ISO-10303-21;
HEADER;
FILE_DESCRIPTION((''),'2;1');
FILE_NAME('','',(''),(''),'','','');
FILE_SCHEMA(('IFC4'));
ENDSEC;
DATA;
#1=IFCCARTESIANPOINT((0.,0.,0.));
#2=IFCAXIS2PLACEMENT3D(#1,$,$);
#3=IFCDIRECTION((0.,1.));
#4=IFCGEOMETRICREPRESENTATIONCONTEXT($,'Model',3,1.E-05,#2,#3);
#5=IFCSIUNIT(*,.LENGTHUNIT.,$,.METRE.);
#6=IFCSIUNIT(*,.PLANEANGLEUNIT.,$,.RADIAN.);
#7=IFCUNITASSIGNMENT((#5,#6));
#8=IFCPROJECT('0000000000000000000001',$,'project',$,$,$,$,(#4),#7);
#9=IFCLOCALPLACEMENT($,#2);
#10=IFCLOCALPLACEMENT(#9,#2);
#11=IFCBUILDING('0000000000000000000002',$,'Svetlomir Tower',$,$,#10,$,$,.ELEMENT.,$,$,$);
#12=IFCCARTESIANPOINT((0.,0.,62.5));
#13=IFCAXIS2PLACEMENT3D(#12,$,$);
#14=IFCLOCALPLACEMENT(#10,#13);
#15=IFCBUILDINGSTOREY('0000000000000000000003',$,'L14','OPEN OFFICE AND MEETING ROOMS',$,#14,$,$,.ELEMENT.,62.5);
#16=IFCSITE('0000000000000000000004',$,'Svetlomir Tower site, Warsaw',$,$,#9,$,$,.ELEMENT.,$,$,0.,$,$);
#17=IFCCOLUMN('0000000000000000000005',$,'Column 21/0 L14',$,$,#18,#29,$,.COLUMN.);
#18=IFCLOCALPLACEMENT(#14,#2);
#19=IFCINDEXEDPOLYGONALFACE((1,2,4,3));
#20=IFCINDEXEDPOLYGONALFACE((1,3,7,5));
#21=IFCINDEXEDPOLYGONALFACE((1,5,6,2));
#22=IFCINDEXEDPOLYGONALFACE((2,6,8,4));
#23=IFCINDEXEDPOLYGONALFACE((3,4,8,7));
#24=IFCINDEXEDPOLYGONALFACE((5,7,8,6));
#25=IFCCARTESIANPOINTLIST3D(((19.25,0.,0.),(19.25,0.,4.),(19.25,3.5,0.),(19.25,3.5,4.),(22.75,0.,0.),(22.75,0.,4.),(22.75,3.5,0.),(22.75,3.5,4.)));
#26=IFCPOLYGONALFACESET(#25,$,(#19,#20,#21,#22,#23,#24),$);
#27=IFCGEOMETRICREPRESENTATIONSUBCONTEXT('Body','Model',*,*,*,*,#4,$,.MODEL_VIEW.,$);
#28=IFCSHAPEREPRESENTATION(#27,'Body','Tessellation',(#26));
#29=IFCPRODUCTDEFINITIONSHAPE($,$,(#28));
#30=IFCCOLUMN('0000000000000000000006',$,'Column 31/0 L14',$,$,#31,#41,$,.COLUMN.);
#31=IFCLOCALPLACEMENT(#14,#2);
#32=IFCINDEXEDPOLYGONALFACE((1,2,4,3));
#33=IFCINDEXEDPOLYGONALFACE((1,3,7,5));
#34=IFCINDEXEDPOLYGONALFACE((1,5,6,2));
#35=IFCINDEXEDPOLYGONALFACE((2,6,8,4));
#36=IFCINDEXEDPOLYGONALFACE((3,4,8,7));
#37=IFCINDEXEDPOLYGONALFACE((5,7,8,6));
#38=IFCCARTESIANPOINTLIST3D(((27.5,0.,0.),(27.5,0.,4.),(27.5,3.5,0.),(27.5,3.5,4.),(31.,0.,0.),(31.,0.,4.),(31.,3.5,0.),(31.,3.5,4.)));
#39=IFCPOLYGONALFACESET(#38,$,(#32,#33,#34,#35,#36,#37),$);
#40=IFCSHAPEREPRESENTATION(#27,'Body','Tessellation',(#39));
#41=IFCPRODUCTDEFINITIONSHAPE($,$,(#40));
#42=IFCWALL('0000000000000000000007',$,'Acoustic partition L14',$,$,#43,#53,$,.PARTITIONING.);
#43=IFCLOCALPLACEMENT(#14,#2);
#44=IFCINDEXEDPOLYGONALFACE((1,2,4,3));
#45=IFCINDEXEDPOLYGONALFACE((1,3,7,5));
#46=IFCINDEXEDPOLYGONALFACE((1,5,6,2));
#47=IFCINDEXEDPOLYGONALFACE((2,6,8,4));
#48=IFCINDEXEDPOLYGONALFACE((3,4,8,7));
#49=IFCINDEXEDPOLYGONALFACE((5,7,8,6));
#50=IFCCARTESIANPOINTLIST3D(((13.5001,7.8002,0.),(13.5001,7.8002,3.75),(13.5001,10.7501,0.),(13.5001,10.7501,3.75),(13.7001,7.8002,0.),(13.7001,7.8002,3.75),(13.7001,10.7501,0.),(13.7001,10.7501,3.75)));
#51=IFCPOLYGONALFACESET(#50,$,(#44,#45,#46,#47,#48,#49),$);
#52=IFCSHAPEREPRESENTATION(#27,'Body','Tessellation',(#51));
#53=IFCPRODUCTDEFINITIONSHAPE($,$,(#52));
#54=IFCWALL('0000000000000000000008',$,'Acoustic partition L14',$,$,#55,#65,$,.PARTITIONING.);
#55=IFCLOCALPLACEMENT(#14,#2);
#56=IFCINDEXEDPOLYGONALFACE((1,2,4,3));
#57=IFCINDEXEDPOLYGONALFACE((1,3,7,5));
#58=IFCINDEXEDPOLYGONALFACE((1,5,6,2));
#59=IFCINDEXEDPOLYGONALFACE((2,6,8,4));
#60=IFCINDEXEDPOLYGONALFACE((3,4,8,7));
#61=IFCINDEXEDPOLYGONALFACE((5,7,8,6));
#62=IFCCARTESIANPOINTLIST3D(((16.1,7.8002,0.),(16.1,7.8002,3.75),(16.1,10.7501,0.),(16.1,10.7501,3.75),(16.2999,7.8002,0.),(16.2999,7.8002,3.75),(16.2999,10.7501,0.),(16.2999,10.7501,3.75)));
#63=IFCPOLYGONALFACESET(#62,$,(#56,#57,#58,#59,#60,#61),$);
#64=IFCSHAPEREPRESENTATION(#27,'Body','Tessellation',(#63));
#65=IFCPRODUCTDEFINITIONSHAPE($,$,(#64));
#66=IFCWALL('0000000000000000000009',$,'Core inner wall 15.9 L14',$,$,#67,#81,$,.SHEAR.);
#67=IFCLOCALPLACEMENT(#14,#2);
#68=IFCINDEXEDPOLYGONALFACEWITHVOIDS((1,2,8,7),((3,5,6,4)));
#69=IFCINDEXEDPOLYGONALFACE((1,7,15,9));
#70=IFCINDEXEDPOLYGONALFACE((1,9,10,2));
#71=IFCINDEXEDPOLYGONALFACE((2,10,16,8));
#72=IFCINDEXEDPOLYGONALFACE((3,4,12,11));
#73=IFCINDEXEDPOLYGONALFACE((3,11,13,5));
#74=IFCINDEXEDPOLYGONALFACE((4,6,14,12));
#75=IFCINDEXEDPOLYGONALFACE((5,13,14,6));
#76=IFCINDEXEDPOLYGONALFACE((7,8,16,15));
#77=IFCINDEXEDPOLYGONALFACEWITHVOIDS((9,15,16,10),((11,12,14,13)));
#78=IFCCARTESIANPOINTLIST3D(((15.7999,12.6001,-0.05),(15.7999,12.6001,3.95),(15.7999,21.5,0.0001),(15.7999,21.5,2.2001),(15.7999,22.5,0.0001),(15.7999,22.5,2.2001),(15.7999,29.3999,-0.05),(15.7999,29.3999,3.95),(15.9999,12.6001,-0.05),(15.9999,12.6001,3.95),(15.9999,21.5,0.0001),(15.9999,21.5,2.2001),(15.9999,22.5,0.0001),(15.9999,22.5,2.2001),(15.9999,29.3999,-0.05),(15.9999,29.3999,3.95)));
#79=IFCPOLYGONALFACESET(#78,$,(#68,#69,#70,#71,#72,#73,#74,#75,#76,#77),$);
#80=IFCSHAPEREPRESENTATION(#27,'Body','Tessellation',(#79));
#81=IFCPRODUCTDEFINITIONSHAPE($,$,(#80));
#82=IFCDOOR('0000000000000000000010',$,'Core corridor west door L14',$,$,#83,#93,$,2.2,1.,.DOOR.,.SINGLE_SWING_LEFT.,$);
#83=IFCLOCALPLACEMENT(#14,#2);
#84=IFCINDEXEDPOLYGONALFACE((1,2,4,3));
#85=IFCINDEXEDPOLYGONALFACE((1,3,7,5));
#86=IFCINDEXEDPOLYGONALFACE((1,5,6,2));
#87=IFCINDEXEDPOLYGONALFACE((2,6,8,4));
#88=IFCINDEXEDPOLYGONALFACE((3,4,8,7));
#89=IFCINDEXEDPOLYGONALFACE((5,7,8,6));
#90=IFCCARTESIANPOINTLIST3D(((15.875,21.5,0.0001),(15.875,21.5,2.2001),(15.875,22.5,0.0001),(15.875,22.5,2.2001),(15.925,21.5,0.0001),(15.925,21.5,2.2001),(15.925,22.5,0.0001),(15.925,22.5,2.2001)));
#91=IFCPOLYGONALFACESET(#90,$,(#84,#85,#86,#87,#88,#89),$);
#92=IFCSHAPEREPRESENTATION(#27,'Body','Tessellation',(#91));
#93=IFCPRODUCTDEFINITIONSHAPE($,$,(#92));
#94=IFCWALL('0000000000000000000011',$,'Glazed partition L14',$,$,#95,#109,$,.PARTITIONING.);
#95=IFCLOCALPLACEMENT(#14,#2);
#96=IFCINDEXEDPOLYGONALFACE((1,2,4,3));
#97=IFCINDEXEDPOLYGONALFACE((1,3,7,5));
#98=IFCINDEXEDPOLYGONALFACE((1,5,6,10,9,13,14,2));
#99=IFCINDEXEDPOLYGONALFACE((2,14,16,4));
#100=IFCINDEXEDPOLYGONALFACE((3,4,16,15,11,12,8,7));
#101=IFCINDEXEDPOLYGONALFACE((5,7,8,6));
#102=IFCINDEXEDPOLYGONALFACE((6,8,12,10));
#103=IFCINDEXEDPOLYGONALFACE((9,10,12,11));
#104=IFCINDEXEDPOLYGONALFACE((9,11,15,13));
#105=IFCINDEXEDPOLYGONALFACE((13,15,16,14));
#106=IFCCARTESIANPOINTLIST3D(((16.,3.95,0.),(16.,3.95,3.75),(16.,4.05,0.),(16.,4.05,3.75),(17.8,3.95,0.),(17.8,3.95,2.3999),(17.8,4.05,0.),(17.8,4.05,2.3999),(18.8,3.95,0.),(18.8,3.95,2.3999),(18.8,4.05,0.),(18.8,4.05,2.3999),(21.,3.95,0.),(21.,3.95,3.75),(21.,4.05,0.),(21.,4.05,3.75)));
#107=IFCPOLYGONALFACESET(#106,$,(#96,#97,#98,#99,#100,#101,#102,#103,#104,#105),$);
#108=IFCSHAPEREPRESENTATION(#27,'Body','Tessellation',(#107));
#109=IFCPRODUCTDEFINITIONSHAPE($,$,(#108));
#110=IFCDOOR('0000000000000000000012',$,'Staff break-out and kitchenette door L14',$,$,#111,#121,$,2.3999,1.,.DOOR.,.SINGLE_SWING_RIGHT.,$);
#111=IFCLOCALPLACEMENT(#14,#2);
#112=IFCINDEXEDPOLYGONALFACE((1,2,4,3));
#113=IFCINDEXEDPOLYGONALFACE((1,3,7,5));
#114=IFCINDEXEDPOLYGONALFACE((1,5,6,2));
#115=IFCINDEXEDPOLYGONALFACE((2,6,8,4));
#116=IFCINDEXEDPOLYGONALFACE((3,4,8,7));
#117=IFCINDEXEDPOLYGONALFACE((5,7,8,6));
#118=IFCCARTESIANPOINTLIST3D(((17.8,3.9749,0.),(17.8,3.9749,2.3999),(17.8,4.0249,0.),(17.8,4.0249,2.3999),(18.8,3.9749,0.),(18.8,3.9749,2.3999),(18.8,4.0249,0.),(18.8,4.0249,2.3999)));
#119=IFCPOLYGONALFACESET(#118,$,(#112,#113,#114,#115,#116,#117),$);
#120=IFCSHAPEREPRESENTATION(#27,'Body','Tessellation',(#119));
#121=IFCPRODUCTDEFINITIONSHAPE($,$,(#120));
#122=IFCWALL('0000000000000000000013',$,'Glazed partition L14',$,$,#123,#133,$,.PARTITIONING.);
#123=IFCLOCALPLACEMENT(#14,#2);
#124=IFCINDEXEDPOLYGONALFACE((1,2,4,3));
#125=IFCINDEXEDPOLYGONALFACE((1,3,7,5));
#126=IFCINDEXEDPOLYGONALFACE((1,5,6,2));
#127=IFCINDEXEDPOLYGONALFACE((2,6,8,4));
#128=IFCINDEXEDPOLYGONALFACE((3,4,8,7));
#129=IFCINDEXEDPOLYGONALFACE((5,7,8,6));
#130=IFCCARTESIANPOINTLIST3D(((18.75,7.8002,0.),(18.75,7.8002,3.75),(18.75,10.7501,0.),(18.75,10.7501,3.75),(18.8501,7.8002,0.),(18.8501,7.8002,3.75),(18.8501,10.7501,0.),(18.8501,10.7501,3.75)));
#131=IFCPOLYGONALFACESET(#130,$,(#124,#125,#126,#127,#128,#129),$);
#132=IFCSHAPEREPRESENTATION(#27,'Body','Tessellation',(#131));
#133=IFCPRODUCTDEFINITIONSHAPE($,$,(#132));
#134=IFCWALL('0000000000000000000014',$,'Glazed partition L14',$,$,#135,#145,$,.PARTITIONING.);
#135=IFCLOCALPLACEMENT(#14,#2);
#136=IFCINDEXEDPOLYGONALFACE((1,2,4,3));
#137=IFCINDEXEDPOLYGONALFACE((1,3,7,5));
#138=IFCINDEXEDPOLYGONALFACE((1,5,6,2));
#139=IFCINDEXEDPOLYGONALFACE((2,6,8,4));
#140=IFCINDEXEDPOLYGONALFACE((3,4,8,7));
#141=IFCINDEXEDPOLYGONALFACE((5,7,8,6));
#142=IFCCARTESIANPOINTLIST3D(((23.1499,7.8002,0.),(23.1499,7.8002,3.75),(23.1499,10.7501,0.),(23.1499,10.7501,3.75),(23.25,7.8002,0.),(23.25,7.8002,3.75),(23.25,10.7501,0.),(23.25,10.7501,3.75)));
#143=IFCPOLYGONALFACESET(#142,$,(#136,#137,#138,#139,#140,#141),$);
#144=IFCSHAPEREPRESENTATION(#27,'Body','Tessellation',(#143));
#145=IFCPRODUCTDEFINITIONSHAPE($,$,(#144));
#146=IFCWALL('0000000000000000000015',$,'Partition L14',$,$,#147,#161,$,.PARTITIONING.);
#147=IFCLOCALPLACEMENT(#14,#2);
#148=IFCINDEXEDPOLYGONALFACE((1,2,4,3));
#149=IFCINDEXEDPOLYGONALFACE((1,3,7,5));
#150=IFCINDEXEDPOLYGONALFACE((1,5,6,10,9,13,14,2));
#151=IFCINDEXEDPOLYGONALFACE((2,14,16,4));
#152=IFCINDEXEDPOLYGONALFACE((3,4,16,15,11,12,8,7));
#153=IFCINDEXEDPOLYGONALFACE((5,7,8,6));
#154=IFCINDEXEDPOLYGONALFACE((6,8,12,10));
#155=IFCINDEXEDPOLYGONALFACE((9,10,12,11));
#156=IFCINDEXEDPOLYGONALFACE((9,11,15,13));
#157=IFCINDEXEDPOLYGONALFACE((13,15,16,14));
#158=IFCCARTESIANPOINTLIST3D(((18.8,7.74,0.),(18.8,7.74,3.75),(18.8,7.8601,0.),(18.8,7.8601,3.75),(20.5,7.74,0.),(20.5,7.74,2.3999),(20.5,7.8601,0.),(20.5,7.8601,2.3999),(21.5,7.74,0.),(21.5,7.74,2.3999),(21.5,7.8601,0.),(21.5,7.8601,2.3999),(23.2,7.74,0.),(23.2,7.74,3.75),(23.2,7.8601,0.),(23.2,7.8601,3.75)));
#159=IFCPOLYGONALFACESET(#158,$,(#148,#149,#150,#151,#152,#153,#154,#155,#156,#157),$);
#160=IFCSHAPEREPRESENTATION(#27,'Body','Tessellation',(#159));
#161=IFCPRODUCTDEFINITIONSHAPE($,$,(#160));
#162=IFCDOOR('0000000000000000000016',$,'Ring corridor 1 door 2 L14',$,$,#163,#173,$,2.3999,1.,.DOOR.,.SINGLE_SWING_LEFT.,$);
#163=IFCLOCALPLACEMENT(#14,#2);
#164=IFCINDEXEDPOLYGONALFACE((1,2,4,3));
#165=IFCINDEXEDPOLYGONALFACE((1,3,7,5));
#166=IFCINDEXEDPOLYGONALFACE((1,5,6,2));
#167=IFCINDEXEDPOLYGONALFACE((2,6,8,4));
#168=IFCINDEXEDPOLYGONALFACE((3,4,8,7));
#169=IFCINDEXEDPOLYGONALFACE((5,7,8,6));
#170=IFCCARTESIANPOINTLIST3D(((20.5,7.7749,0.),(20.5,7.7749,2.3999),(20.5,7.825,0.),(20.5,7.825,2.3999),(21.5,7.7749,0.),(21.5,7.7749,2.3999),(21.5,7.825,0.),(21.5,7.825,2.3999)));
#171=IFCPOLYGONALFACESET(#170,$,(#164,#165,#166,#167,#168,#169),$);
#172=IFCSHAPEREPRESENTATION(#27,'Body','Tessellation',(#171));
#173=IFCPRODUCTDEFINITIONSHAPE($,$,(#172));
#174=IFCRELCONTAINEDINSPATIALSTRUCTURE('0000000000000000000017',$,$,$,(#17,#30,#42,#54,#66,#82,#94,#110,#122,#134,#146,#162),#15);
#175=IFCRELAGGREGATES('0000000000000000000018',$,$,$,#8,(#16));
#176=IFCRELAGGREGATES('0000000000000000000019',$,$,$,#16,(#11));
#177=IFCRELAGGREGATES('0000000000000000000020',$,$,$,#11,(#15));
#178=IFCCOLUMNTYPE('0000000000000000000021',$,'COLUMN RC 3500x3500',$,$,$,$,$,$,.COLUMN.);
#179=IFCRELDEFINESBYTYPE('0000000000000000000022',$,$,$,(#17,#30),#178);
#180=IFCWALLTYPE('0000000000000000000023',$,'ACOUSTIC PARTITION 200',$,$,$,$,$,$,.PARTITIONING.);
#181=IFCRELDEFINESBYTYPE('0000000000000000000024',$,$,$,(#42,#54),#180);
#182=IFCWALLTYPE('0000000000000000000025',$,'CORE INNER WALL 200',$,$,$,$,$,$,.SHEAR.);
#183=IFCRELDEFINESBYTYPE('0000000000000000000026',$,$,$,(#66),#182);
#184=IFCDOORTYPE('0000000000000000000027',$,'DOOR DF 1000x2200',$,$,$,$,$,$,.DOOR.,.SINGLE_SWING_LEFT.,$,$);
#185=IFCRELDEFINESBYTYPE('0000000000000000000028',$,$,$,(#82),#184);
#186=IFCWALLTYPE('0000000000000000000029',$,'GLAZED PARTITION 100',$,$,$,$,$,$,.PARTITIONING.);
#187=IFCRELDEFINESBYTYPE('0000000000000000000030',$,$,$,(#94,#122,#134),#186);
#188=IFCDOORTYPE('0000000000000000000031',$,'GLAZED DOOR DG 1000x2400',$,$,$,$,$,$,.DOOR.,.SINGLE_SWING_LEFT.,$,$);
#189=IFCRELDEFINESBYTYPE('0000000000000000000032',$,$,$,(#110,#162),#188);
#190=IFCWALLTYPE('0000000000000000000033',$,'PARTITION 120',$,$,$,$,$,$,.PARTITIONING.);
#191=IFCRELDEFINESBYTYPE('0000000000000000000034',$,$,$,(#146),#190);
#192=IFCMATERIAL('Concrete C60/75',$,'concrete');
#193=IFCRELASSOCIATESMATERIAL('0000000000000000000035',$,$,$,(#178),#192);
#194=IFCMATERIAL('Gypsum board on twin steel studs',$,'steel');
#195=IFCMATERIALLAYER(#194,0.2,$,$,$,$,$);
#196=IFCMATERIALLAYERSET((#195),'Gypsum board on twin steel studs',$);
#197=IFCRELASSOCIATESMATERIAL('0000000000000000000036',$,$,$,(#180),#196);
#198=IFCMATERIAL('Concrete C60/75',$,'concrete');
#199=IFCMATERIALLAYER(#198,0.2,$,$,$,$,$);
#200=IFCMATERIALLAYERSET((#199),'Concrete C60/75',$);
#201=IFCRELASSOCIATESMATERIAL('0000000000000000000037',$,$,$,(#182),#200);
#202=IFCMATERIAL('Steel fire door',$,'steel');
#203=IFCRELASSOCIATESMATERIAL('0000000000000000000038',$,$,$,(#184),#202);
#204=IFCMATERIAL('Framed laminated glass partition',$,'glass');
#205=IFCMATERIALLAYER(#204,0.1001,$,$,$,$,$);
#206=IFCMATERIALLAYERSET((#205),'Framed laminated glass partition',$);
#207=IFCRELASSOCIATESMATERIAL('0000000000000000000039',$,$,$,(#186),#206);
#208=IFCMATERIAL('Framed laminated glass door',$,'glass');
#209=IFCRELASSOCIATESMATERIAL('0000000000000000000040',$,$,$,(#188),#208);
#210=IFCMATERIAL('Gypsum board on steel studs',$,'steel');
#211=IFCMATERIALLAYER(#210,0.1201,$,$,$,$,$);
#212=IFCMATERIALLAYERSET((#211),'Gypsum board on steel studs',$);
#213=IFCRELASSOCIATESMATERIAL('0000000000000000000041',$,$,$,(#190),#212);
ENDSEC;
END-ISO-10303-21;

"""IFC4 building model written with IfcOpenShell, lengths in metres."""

from ifc_helpers import new_model, si_unit, direction, frame, frame_2d, origin, origin_2d, place, context, subcontext, project, spatial, rectangle, extrude, material, layer, layer_set, material_profile, profile_set, type_object, element, fill, save


model = new_model("IFC4")

# Units and contexts
model_context = context("Model", 3, precision=1e-05, world=origin(), true_north=direction((0.0, 1.0)))
body_context = subcontext(model_context, "Body", "Model", "MODEL_VIEW")
ifc_project = project(units=[si_unit("LENGTHUNIT", "METRE"), si_unit("PLANEANGLEUNIT", "RADIAN")], contexts=[model_context])

# Site, building, storey
site_placement = place(None, origin())
site = spatial("IfcSite", under=ifc_project, at=site_placement, Name="Svetlomir Tower site, Warsaw", CompositionType="ELEMENT", RefElevation=0.0)
building_placement = place(site_placement, origin())
building = spatial("IfcBuilding", under=site, at=building_placement, Name="Svetlomir Tower", CompositionType="ELEMENT")
storey_placement = place(building_placement, frame((0.0, 0.0, 62.5)))
storey = spatial("IfcBuildingStorey", under=building, at=storey_placement, Name="L14", Description="OPEN OFFICE AND MEETING ROOMS", CompositionType="ELEMENT", Elevation=62.5)

# Columns
ifc_material_1 = material(Name="Concrete C60/75", Category="concrete")
ifc_material_profile = material_profile(ifc_material_1, rectangle(XDim=3.5, YDim=3.5, at=origin_2d()), Name="RC 3500x3500")
ifc_profile_set = profile_set([ifc_material_profile], Name="Concrete C60/75")
column_type = type_object("IfcColumnType", Name="COLUMN RC 3500x3500", PredefinedType="COLUMN", material=ifc_profile_set)
for number, where, z_axis, x_axis, name in (
    (1, (21.0, 1.75, 0.0), (0.0, 0.0, 1.0), (1.0, 0.0, 0.0), "Column 21/0 L14"),
    (2, (29.25, 1.75, 0.0), (0.0, 0.0, 1.0), (1.0, 0.0, 0.0), "Column 31/0 L14"),
):
    element("IfcColumn", number, at=place(storey_placement, frame(where, z_axis=z_axis, x_axis=x_axis)), inside=storey, type_object=column_type, Name=name, PredefinedType="COLUMN", context=body_context, shape_type="SweptSolid", body=[
        extrude(rectangle(XDim=3.5, YDim=3.5, at=origin_2d()), origin(), (0.0, 0.0, 1.0), 4.0),
    ])

# Walls
ifc_material_2 = material(Name="Gypsum board on twin steel studs", Category="steel")
ifc_layer_1 = layer(ifc_material_2, 0.2)
ifc_layer_set_1 = layer_set([ifc_layer_1], Name="Gypsum board on twin steel studs")
wall_type_1 = type_object("IfcWallType", Name="ACOUSTIC PARTITION 200", PredefinedType="PARTITIONING", material=ifc_layer_set_1)
for number, where, z_axis, x_axis, name in (
    (3, (13.6001, 7.8, 0.0), (0.0, 0.0, 1.0), (0.0, 1.0, 0.0), "Acoustic partition L14"),
    (4, (16.2, 7.8, 0.0), (0.0, 0.0, 1.0), (0.0, 1.0, 0.0), "Acoustic partition L14"),
):
    element("IfcWall", number, at=place(storey_placement, frame(where, z_axis=z_axis, x_axis=x_axis)), inside=storey, type_object=wall_type_1, Name=name, PredefinedType="PARTITIONING", context=body_context, shape_type="SweptSolid", body=[
        extrude(rectangle(XDim=2.95, YDim=0.2, at=frame_2d((1.4751, 0.0))), origin(), (0.0, 0.0, 1.0), 3.75),
    ])

# Walls, openings, doors
ifc_material_3 = material(Name="Concrete C60/75", Category="concrete")
ifc_layer_2 = layer(ifc_material_3, 0.2)
ifc_layer_set_2 = layer_set([ifc_layer_2], Name="Concrete C60/75")
wall_type_2 = type_object("IfcWallType", Name="CORE INNER WALL 200", PredefinedType="SHEAR", material=ifc_layer_set_2)
wall_1_placement = place(storey_placement, frame((15.8999, 12.6001, -0.05), z_axis=(0.0, 0.0, 1.0), x_axis=(0.0, 1.0, 0.0)))
wall_1 = element("IfcWall", 5, at=wall_1_placement, inside=storey, type_object=wall_type_2, Name="Core inner wall 15.9 L14", PredefinedType="SHEAR", context=body_context, shape_type="SweptSolid", body=[
    extrude(rectangle(XDim=16.7998, YDim=0.2, at=frame_2d((8.3999, 0.0))), origin(), (0.0, 0.0, 1.0), 4.0),
])
opening_1_placement = place(wall_1_placement, frame((8.8999, 0.0, 0.05)))
opening_1 = element("IfcOpeningElement", 6, at=opening_1_placement, cuts=wall_1, PredefinedType="OPENING", context=body_context, shape_type="SweptSolid", body=[
    extrude(rectangle(XDim=1.0, YDim=2.2, at=frame_2d((0.5, 1.1001))), frame((0.0, 0.1099, 0.0), z_axis=(0.0, -1.0, 0.0), x_axis=(1.0, 0.0, 0.0)), (0.0, 0.0, 1.0), 0.22),
])
ifc_material_4 = material(Name="Steel fire door", Category="steel")
door_type_1 = type_object("IfcDoorType", Name="DOOR DF 1000x2200", OperationType="SINGLE_SWING_LEFT", PredefinedType="DOOR", material=ifc_material_4)
door_1_placement = place(opening_1_placement, origin())
door_1 = element("IfcDoor", 7, at=door_1_placement, inside=storey, type_object=door_type_1, Name="Core corridor west door L14", OperationType="SINGLE_SWING_LEFT", OverallHeight=2.2, OverallWidth=1.0, PredefinedType="DOOR", context=body_context, shape_type="SweptSolid", body=[
    extrude(rectangle(XDim=1.0, YDim=2.2, at=frame_2d((0.5, 1.1001))), frame((0.0, 0.0249, 0.0), z_axis=(0.0, -1.0, 0.0), x_axis=(1.0, 0.0, 0.0)), (0.0, 0.0, 1.0), 0.05),
])
fill(opening_1, door_1)
ifc_material_5 = material(Name="Framed laminated glass partition", Category="glass")
ifc_layer_3 = layer(ifc_material_5, 0.1001)
ifc_layer_set_3 = layer_set([ifc_layer_3], Name="Framed laminated glass partition")
wall_type_3 = type_object("IfcWallType", Name="GLAZED PARTITION 100", PredefinedType="PARTITIONING", material=ifc_layer_set_3)
wall_2_placement = place(storey_placement, frame((16.0, 4.0, 0.0), z_axis=(0.0, 0.0, 1.0), x_axis=(1.0, 0.0, 0.0)))
wall_2 = element("IfcWall", 8, at=wall_2_placement, inside=storey, type_object=wall_type_3, Name="Glazed partition L14", PredefinedType="PARTITIONING", context=body_context, shape_type="SweptSolid", body=[
    extrude(rectangle(XDim=5.0, YDim=0.1001, at=frame_2d((2.5, 0.0))), origin(), (0.0, 0.0, 1.0), 3.75),
])
opening_2_placement = place(wall_2_placement, frame((1.8, 0.0, 0.0)))
opening_2 = element("IfcOpeningElement", 9, at=opening_2_placement, cuts=wall_2, PredefinedType="OPENING", context=body_context, shape_type="SweptSolid", body=[
    extrude(rectangle(XDim=1.0, YDim=2.3999, at=frame_2d((0.5, 1.2))), frame((0.0, 0.0601, 0.0), z_axis=(0.0, -1.0, 0.0), x_axis=(1.0, 0.0, 0.0)), (0.0, 0.0, 1.0), 0.1201),
])
ifc_material_6 = material(Name="Framed laminated glass door", Category="glass")
door_type_2 = type_object("IfcDoorType", Name="GLAZED DOOR DG 1000x2400", OperationType="SINGLE_SWING_LEFT", PredefinedType="DOOR", material=ifc_material_6)
door_2_placement = place(opening_2_placement, origin())
door_2 = element("IfcDoor", 10, at=door_2_placement, inside=storey, type_object=door_type_2, Name="Staff break-out and kitchenette door L14", OperationType="SINGLE_SWING_RIGHT", OverallHeight=2.3999, OverallWidth=1.0, PredefinedType="DOOR", context=body_context, shape_type="SweptSolid", body=[
    extrude(rectangle(XDim=1.0, YDim=2.3999, at=frame_2d((0.5, 1.2))), frame((0.0, 0.0249, 0.0), z_axis=(0.0, -1.0, 0.0), x_axis=(1.0, 0.0, 0.0)), (0.0, 0.0, 1.0), 0.05),
])
fill(opening_2, door_2)

# Walls
for number, where, z_axis, x_axis, name in (
    (11, (18.8, 7.8, 0.0), (0.0, 0.0, 1.0), (0.0, 1.0, 0.0), "Glazed partition L14"),
    (12, (23.2, 7.8, 0.0), (0.0, 0.0, 1.0), (0.0, 1.0, 0.0), "Glazed partition L14"),
):
    element("IfcWall", number, at=place(storey_placement, frame(where, z_axis=z_axis, x_axis=x_axis)), inside=storey, type_object=wall_type_3, Name=name, PredefinedType="PARTITIONING", context=body_context, shape_type="SweptSolid", body=[
        extrude(rectangle(XDim=2.95, YDim=0.1001, at=frame_2d((1.4751, 0.0))), origin(), (0.0, 0.0, 1.0), 3.75),
    ])

# Wall, opening, door
ifc_material_7 = material(Name="Gypsum board on steel studs", Category="steel")
ifc_layer_4 = layer(ifc_material_7, 0.1201)
ifc_layer_set_4 = layer_set([ifc_layer_4], Name="Gypsum board on steel studs")
wall_type_4 = type_object("IfcWallType", Name="PARTITION 120", PredefinedType="PARTITIONING", material=ifc_layer_set_4)
wall_3_placement = place(storey_placement, frame((18.8, 7.8, 0.0), z_axis=(0.0, 0.0, 1.0), x_axis=(1.0, 0.0, 0.0)))
wall_3 = element("IfcWall", 13, at=wall_3_placement, inside=storey, type_object=wall_type_4, Name="Partition L14", PredefinedType="PARTITIONING", context=body_context, shape_type="SweptSolid", body=[
    extrude(rectangle(XDim=4.3999, YDim=0.1201, at=frame_2d((2.2, 0.0))), origin(), (0.0, 0.0, 1.0), 3.75),
])
opening_3_placement = place(wall_3_placement, frame((1.7, 0.0, 0.0)))
opening_3 = element("IfcOpeningElement", 14, at=opening_3_placement, cuts=wall_3, PredefinedType="OPENING", context=body_context, shape_type="SweptSolid", body=[
    extrude(rectangle(XDim=1.0, YDim=2.3999, at=frame_2d((0.5, 1.2))), frame((0.0, 0.0701, 0.0), z_axis=(0.0, -1.0, 0.0), x_axis=(1.0, 0.0, 0.0)), (0.0, 0.0, 1.0), 0.1401),
])
door_3_placement = place(opening_3_placement, origin())
door_3 = element("IfcDoor", 15, at=door_3_placement, inside=storey, type_object=door_type_2, Name="Ring corridor 1 door 2 L14", OperationType="SINGLE_SWING_LEFT", OverallHeight=2.3999, OverallWidth=1.0, PredefinedType="DOOR", context=body_context, shape_type="SweptSolid", body=[
    extrude(rectangle(XDim=1.0, YDim=2.3999, at=frame_2d((0.5, 1.2))), frame((0.0, 0.0249, 0.0), z_axis=(0.0, -1.0, 0.0), x_axis=(1.0, 0.0, 0.0)), (0.0, 0.0, 1.0), 0.05),
])
fill(opening_3, door_3)

save(model, "model.ifc")
